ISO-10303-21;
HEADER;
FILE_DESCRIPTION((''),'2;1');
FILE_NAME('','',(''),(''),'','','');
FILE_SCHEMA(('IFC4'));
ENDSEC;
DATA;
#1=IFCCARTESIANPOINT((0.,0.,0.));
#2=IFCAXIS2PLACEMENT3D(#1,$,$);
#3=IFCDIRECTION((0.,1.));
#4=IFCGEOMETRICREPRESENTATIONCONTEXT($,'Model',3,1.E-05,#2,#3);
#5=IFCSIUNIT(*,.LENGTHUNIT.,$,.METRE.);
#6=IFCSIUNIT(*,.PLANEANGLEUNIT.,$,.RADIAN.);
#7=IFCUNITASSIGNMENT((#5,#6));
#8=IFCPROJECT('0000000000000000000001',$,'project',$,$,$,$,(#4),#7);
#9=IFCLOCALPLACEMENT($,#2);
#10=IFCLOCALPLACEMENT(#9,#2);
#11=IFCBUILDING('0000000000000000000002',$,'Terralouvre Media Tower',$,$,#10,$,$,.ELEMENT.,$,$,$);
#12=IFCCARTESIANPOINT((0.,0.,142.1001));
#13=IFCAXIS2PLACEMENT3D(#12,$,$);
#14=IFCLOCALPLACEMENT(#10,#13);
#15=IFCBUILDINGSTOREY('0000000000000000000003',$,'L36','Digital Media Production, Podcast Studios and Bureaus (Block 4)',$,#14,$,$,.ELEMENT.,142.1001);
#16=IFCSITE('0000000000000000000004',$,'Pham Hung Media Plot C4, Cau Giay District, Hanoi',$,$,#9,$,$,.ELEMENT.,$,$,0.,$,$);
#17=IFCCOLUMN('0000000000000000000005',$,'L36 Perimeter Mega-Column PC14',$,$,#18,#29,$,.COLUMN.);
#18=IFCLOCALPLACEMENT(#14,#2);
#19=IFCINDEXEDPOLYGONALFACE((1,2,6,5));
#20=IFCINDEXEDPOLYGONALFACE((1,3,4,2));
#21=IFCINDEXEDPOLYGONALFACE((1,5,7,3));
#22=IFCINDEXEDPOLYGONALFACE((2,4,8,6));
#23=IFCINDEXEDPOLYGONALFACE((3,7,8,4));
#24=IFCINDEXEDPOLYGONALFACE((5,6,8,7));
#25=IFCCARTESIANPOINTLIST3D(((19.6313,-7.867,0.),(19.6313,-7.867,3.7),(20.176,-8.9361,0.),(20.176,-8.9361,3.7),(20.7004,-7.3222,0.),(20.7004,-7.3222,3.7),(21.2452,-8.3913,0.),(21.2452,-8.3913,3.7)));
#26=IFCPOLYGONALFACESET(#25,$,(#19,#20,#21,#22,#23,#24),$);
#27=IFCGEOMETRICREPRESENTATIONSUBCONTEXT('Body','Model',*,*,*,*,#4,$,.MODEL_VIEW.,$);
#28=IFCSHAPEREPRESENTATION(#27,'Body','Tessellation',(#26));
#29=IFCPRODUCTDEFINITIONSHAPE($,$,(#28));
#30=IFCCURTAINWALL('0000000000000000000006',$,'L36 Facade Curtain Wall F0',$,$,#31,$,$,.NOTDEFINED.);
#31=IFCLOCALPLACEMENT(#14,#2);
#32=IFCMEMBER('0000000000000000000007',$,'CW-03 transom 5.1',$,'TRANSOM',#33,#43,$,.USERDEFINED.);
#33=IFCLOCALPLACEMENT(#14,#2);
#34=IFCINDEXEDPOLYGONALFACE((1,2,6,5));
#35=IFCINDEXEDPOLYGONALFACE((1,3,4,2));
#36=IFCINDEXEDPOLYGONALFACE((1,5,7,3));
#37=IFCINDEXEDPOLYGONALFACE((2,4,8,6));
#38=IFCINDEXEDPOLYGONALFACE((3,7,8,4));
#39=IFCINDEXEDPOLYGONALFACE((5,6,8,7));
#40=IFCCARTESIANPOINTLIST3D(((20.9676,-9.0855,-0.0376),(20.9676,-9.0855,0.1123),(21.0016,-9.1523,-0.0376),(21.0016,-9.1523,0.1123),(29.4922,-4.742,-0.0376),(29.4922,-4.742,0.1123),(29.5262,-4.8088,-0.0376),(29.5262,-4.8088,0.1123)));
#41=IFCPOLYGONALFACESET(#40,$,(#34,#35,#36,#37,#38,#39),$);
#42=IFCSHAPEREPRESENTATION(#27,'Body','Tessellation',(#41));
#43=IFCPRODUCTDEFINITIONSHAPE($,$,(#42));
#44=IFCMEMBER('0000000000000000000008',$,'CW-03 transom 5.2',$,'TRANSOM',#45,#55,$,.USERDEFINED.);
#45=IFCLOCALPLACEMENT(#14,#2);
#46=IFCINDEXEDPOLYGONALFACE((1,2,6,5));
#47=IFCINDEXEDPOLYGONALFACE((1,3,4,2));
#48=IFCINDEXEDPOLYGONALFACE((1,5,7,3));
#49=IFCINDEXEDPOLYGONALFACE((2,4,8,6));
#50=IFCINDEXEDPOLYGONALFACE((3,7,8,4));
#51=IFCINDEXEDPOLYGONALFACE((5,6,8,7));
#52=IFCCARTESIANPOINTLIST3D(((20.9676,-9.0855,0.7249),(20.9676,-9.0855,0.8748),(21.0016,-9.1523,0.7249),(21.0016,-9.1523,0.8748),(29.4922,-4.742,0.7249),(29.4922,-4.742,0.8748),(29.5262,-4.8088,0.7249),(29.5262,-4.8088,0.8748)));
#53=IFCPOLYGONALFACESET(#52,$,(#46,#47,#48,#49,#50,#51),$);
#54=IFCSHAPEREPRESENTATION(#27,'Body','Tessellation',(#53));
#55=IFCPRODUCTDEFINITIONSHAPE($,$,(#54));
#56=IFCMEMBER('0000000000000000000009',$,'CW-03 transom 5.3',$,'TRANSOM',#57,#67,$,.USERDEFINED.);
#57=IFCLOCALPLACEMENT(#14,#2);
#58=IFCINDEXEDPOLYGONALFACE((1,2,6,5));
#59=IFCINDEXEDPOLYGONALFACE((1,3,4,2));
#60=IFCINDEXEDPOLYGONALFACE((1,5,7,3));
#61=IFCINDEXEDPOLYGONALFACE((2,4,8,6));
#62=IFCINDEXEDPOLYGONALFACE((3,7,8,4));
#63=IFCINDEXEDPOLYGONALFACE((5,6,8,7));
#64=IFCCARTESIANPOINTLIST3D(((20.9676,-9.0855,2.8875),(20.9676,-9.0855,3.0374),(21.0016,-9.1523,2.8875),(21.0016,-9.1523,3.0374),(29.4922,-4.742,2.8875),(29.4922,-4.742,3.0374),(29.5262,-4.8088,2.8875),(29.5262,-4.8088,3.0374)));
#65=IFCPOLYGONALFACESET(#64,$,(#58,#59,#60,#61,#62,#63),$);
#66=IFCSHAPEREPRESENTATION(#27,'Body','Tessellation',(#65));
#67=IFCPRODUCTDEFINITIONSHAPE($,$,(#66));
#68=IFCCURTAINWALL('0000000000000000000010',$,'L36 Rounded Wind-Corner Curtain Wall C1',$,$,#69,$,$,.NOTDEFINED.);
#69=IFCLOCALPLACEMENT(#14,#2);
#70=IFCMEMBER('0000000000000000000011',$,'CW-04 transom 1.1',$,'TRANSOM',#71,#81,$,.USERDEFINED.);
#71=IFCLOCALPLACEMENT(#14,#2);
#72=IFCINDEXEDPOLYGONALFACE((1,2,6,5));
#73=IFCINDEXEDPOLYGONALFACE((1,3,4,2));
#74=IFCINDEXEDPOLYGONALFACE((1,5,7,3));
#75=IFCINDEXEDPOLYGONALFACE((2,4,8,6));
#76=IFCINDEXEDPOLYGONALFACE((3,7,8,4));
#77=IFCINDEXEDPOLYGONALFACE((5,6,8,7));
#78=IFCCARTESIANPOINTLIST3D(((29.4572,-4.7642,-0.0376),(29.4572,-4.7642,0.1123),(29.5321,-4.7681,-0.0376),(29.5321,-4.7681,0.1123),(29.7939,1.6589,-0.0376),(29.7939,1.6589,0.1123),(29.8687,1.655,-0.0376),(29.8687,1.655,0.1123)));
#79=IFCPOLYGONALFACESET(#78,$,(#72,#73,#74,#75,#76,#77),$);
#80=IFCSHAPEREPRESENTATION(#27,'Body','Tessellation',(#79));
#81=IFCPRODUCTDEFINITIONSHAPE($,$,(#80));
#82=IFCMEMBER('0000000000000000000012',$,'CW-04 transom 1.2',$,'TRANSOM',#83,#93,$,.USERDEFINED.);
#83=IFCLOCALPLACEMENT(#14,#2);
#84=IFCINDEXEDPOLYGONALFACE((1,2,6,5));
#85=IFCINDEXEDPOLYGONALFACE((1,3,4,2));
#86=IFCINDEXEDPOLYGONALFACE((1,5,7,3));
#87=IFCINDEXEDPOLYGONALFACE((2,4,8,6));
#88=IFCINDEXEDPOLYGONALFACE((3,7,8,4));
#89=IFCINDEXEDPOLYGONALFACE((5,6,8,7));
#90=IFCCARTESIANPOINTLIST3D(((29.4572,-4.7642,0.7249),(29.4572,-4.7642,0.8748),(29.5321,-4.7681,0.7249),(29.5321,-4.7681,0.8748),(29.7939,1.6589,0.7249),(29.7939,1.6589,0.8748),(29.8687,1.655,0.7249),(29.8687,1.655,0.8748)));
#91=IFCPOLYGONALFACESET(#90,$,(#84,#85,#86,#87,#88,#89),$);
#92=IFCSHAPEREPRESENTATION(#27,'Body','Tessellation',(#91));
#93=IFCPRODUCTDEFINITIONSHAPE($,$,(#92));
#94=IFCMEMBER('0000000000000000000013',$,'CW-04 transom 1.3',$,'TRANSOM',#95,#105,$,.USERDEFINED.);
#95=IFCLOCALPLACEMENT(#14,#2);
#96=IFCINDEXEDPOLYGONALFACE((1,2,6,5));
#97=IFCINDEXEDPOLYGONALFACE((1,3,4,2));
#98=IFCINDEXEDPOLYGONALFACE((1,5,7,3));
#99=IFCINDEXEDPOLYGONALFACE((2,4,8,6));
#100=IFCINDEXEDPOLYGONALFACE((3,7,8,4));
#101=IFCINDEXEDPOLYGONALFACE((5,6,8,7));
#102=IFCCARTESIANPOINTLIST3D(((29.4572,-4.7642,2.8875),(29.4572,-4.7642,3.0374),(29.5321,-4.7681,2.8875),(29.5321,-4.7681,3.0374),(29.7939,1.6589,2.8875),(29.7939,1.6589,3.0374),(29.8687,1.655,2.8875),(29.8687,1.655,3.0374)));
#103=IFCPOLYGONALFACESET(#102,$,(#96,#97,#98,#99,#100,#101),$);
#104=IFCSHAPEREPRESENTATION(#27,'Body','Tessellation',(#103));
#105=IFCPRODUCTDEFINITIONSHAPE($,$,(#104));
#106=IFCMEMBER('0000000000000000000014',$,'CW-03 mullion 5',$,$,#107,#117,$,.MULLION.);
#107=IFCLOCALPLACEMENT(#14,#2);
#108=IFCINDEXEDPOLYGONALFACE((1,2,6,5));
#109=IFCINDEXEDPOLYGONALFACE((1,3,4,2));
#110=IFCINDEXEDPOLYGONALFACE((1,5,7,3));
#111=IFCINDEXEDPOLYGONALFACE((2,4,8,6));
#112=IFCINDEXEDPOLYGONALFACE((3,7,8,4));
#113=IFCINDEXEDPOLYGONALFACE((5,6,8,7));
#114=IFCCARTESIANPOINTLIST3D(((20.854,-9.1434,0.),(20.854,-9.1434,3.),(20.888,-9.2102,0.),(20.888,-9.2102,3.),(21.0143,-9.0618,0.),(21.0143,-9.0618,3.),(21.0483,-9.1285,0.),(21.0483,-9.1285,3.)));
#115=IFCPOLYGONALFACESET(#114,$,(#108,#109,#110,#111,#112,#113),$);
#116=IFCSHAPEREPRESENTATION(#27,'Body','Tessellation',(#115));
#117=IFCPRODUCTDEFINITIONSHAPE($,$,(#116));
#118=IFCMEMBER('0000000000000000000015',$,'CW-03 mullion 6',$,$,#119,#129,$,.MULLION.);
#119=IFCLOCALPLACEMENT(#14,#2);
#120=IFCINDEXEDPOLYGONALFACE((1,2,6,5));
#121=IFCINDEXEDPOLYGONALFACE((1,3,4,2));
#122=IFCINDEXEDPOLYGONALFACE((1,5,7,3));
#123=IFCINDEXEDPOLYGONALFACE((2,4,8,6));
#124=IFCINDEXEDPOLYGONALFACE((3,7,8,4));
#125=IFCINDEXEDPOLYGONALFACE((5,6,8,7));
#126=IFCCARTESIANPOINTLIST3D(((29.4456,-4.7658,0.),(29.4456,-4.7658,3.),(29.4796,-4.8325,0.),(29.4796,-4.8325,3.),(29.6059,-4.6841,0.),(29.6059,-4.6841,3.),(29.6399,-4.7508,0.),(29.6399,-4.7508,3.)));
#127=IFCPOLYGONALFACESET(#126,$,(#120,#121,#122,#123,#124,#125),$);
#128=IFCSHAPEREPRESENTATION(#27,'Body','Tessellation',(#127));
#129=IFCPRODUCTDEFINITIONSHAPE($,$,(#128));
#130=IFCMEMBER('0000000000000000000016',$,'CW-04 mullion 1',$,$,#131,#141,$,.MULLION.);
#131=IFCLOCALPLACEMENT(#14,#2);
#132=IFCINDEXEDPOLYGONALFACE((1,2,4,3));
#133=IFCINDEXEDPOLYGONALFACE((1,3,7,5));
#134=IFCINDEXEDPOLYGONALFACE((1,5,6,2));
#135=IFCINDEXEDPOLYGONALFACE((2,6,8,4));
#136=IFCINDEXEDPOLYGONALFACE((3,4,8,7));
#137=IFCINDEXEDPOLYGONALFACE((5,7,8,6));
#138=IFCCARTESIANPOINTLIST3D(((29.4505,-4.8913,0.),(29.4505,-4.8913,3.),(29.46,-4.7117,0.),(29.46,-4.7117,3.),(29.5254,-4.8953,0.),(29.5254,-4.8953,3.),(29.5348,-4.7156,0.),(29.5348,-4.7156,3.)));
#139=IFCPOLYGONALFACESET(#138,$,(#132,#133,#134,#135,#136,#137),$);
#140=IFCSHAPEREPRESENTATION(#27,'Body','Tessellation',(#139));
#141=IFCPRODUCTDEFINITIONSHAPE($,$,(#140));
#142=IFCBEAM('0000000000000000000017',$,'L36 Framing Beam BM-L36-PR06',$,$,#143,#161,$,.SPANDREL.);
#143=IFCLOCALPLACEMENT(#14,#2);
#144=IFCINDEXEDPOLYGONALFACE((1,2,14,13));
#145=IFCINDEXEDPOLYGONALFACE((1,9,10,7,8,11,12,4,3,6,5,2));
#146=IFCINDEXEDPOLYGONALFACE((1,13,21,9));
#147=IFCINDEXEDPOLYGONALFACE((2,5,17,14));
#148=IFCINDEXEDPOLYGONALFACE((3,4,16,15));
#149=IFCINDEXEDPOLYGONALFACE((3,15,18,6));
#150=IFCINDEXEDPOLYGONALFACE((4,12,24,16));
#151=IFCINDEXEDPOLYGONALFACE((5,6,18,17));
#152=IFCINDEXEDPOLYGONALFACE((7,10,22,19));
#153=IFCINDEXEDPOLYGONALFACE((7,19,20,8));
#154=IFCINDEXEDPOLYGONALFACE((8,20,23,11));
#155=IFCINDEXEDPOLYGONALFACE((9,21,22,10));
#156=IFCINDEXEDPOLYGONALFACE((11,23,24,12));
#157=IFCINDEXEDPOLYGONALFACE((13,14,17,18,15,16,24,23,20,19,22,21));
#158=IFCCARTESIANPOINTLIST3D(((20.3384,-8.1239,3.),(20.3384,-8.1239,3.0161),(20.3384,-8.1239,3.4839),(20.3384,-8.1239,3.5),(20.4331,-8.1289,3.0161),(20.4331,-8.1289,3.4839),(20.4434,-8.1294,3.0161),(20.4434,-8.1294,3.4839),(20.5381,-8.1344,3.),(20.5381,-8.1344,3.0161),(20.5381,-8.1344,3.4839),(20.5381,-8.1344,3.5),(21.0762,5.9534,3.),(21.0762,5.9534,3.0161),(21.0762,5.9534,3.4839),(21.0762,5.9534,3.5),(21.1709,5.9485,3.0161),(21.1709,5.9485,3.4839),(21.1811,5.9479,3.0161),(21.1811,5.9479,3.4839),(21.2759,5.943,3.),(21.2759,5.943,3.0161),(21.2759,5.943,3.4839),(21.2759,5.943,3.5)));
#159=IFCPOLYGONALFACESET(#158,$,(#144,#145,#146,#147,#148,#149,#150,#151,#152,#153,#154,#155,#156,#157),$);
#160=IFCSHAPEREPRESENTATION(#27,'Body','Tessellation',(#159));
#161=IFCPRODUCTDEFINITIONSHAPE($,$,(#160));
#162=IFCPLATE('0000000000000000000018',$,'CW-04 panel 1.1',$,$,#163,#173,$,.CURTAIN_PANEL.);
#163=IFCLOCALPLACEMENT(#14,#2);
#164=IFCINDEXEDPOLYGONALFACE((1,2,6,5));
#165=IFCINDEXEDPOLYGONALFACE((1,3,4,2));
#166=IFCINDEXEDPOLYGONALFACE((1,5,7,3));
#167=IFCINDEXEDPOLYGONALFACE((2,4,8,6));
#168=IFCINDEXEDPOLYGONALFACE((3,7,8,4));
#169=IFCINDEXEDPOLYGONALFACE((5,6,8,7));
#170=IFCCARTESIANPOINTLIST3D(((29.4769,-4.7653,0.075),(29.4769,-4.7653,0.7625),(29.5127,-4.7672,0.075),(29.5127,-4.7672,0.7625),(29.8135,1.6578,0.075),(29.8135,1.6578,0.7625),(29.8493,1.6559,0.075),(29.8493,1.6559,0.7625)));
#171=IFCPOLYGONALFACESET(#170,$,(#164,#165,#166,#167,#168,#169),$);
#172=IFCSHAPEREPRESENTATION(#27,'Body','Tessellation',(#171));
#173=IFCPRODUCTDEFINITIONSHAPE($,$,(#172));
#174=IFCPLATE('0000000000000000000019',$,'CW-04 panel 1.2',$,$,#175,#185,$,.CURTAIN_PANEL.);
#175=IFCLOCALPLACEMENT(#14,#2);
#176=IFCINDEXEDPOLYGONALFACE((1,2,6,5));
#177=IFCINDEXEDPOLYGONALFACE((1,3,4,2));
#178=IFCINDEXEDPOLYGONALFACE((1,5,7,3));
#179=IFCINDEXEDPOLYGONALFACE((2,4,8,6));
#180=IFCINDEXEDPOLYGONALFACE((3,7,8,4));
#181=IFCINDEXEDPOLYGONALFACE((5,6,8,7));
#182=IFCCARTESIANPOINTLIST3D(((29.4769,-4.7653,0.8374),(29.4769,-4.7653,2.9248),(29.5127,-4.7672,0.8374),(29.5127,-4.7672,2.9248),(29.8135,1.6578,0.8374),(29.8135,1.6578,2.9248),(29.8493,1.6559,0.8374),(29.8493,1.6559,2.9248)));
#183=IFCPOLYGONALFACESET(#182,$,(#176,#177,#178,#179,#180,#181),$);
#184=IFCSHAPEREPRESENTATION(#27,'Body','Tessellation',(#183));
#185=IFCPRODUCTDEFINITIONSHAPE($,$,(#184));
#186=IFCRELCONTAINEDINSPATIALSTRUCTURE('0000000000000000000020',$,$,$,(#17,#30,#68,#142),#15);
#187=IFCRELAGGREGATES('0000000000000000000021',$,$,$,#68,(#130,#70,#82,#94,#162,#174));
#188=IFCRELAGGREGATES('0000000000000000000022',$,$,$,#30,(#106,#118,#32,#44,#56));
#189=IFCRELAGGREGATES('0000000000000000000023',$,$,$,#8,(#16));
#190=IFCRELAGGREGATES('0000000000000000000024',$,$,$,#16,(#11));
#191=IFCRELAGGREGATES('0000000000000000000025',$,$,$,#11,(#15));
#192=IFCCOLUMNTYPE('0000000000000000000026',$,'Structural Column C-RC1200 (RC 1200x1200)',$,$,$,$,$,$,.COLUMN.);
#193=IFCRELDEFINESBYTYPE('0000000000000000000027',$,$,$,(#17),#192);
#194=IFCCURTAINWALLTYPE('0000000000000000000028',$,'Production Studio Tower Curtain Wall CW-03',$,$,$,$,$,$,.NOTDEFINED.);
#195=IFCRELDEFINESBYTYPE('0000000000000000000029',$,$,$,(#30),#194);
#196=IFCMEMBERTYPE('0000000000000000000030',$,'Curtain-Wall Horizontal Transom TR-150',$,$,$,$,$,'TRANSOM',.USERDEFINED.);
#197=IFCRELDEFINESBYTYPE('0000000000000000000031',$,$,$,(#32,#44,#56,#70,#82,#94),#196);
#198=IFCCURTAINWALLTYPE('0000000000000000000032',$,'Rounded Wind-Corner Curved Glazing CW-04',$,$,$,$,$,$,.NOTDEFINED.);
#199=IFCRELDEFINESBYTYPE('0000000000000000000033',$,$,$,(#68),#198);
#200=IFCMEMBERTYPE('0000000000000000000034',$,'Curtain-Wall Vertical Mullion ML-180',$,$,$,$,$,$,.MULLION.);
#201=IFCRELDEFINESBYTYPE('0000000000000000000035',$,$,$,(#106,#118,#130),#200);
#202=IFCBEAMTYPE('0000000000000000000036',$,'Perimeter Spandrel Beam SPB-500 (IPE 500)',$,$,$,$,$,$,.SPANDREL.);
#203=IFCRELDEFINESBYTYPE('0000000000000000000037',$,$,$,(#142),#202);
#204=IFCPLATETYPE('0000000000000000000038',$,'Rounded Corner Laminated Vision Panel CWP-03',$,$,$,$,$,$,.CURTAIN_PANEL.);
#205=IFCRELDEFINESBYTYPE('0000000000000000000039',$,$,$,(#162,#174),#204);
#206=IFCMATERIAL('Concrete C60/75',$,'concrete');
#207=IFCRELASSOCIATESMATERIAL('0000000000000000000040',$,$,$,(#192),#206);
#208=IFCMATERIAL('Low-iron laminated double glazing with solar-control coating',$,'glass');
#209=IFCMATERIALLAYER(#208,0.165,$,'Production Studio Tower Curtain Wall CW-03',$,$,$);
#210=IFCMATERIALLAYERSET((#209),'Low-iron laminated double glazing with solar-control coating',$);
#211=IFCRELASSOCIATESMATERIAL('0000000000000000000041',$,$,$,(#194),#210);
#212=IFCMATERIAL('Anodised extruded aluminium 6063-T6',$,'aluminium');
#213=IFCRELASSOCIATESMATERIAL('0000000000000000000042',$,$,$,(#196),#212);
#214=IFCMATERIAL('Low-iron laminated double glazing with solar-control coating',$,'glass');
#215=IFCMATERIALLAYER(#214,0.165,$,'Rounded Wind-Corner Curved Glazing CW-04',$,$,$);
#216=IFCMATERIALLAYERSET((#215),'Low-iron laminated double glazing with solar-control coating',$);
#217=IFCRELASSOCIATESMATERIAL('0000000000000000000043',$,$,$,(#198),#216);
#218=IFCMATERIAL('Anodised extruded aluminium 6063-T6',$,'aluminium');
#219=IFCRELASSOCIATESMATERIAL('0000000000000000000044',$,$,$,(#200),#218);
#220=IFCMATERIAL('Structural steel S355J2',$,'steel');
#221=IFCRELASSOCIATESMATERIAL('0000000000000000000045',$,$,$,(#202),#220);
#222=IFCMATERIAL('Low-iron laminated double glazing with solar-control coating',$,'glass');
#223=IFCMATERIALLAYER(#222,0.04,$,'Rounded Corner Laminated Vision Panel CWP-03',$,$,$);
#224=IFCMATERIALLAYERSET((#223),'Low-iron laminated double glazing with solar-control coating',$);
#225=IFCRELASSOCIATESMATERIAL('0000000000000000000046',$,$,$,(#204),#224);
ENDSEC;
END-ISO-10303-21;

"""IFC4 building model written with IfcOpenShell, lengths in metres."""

from ifc_helpers import new_model, si_unit, direction, frame, origin, origin_2d, place, context, subcontext, project, spatial, rectangle, i_section, extrude, material, layer, layer_set, material_profile, profile_set, type_object, element, aggregate, save


model = new_model("IFC4")

# Units and contexts
model_context = context("Model", 3, precision=1e-05, world=origin(), true_north=direction((0.0, 1.0)))
body_context = subcontext(model_context, "Body", "Model", "MODEL_VIEW")
ifc_project = project(units=[si_unit("LENGTHUNIT", "METRE"), si_unit("PLANEANGLEUNIT", "RADIAN")], contexts=[model_context])

# Site, building, storey
site_placement = place(None, origin())
site = spatial("IfcSite", under=ifc_project, at=site_placement, Name="Pham Hung Media Plot C4, Cau Giay District, Hanoi", CompositionType="ELEMENT", RefElevation=0.0)
building_placement = place(site_placement, origin())
building = spatial("IfcBuilding", under=site, at=building_placement, Name="Terralouvre Media Tower", CompositionType="ELEMENT")
storey_placement = place(building_placement, frame((0.0, 0.0, 142.1001)))
storey = spatial("IfcBuildingStorey", under=building, at=storey_placement, Name="L36", Description="Digital Media Production, Podcast Studios and Bureaus (Block 4)", CompositionType="ELEMENT", Elevation=142.1001)

# Column
ifc_material_1 = material(Name="Concrete C60/75", Category="concrete")
ifc_material_profile_1 = material_profile(ifc_material_1, rectangle(XDim=1.2, YDim=1.2, at=origin_2d()), Name="RC 1200x1200")
ifc_profile_set_1 = profile_set([ifc_material_profile_1], Name="Concrete C60/75")
column_type = type_object("IfcColumnType", Name="Structural Column C-RC1200 (RC 1200x1200)", PredefinedType="COLUMN", material=ifc_profile_set_1)
column_placement = place(storey_placement, frame((20.4382, -8.1292, 0.0), z_axis=(0.0, 0.0, 1.0), x_axis=(0.891007, 0.45399, 0.0)))
element("IfcColumn", 1, at=column_placement, inside=storey, type_object=column_type, Name="L36 Perimeter Mega-Column PC14", PredefinedType="COLUMN", context=body_context, shape_type="SweptSolid", body=[
    extrude(rectangle(XDim=1.2, YDim=1.2, at=origin_2d()), origin(), (0.0, 0.0, 1.0), 3.7),
])

# Curtain walls, members
ifc_material_2 = material(Name="Low-iron laminated double glazing with solar-control coating", Category="glass")
ifc_layer_1 = layer(ifc_material_2, 0.165, Name="Production Studio Tower Curtain Wall CW-03")
ifc_layer_set_1 = layer_set([ifc_layer_1], Name="Low-iron laminated double glazing with solar-control coating")
curtain_wall_type_1 = type_object("IfcCurtainWallType", Name="Production Studio Tower Curtain Wall CW-03", PredefinedType="NOTDEFINED", material=ifc_layer_set_1)
curtain_wall_1_placement = place(storey_placement, origin())
curtain_wall_1 = element("IfcCurtainWall", 2, at=curtain_wall_1_placement, inside=storey, type_object=curtain_wall_type_1, Name="L36 Facade Curtain Wall F0", PredefinedType="NOTDEFINED")
ifc_material_3 = material(Name="Anodised extruded aluminium 6063-T6", Category="aluminium")
ifc_material_profile_2 = material_profile(ifc_material_3, rectangle(XDim=0.075, YDim=0.1499, at=origin_2d()), Name="ALU 75x150")
ifc_profile_set_2 = profile_set([ifc_material_profile_2], Name="Anodised extruded aluminium 6063-T6")
member_type_1 = type_object("IfcMemberType", Name="Curtain-Wall Horizontal Transom TR-150", ElementType="TRANSOM", PredefinedType="USERDEFINED", material=ifc_profile_set_2)
member_1_placement = place(storey_placement, frame((20.9846, -9.1189, 0.0374), z_axis=(0.891008, 0.453988, 0.0), x_axis=(-0.453988, 0.891008, 0.0)))
member_1 = element("IfcMember", 3, at=member_1_placement, type_object=member_type_1, Name="CW-03 transom 5.1", ObjectType="TRANSOM", PredefinedType="USERDEFINED", context=body_context, shape_type="SweptSolid", body=[
    extrude(rectangle(XDim=0.075, YDim=0.1499, at=origin_2d()), origin(), (0.0, 0.0, 1.0), 9.5674),
])
member_2_placement = place(storey_placement, frame((20.9846, -9.1189, 0.7998), z_axis=(0.891008, 0.453988, 0.0), x_axis=(-0.453988, 0.891008, 0.0)))
member_2 = element("IfcMember", 4, at=member_2_placement, type_object=member_type_1, Name="CW-03 transom 5.2", ObjectType="TRANSOM", PredefinedType="USERDEFINED", context=body_context, shape_type="SweptSolid", body=[
    extrude(rectangle(XDim=0.075, YDim=0.1499, at=origin_2d()), origin(), (0.0, 0.0, 1.0), 9.5674),
])
member_3_placement = place(storey_placement, frame((20.9846, -9.1189, 2.9624), z_axis=(0.891008, 0.453988, 0.0), x_axis=(-0.453988, 0.891008, 0.0)))
member_3 = element("IfcMember", 5, at=member_3_placement, type_object=member_type_1, Name="CW-03 transom 5.3", ObjectType="TRANSOM", PredefinedType="USERDEFINED", context=body_context, shape_type="SweptSolid", body=[
    extrude(rectangle(XDim=0.075, YDim=0.1499, at=origin_2d()), origin(), (0.0, 0.0, 1.0), 9.5674),
])
ifc_material_4 = material(Name="Low-iron laminated double glazing with solar-control coating", Category="glass")
ifc_layer_2 = layer(ifc_material_4, 0.165, Name="Rounded Wind-Corner Curved Glazing CW-04")
ifc_layer_set_2 = layer_set([ifc_layer_2], Name="Low-iron laminated double glazing with solar-control coating")
curtain_wall_type_2 = type_object("IfcCurtainWallType", Name="Rounded Wind-Corner Curved Glazing CW-04", PredefinedType="NOTDEFINED", material=ifc_layer_set_2)
curtain_wall_2_placement = place(storey_placement, origin())
curtain_wall_2 = element("IfcCurtainWall", 6, at=curtain_wall_2_placement, inside=storey, type_object=curtain_wall_type_2, Name="L36 Rounded Wind-Corner Curtain Wall C1", PredefinedType="NOTDEFINED")
member_4_placement = place(storey_placement, frame((29.4946, -4.7661, 0.0374), z_axis=(0.052344, 0.998629, 0.0), x_axis=(-0.998629, 0.052344, 0.0)))
member_4 = element("IfcMember", 7, at=member_4_placement, type_object=member_type_1, Name="CW-04 transom 1.1", ObjectType="TRANSOM", PredefinedType="USERDEFINED", context=body_context, shape_type="SweptSolid", body=[
    extrude(rectangle(XDim=0.075, YDim=0.1499, at=origin_2d()), origin(), (0.0, 0.0, 1.0), 6.4319),
])
member_5_placement = place(storey_placement, frame((29.4946, -4.7661, 0.7998), z_axis=(0.052344, 0.998629, 0.0), x_axis=(-0.998629, 0.052344, 0.0)))
member_5 = element("IfcMember", 8, at=member_5_placement, type_object=member_type_1, Name="CW-04 transom 1.2", ObjectType="TRANSOM", PredefinedType="USERDEFINED", context=body_context, shape_type="SweptSolid", body=[
    extrude(rectangle(XDim=0.075, YDim=0.1499, at=origin_2d()), origin(), (0.0, 0.0, 1.0), 6.4319),
])
member_6_placement = place(storey_placement, frame((29.4946, -4.7661, 2.9624), z_axis=(0.052344, 0.998629, 0.0), x_axis=(-0.998629, 0.052344, 0.0)))
member_6 = element("IfcMember", 9, at=member_6_placement, type_object=member_type_1, Name="CW-04 transom 1.3", ObjectType="TRANSOM", PredefinedType="USERDEFINED", context=body_context, shape_type="SweptSolid", body=[
    extrude(rectangle(XDim=0.075, YDim=0.1499, at=origin_2d()), origin(), (0.0, 0.0, 1.0), 6.4319),
])

# Members
ifc_material_5 = material(Name="Anodised extruded aluminium 6063-T6", Category="aluminium")
ifc_material_profile_3 = material_profile(ifc_material_5, rectangle(XDim=0.075, YDim=0.1799, at=origin_2d()), Name="ALU 75x180")
ifc_profile_set_3 = profile_set([ifc_material_profile_3], Name="Anodised extruded aluminium 6063-T6")
member_type_2 = type_object("IfcMemberType", Name="Curtain-Wall Vertical Mullion ML-180", PredefinedType="MULLION", material=ifc_profile_set_3)
member_7_placement = place(storey_placement, frame((20.9512, -9.136, 0.0), z_axis=(0.0, 0.0, 1.0), x_axis=(-0.453991, 0.891007, 0.0)))
member_7 = element("IfcMember", 10, at=member_7_placement, type_object=member_type_2, Name="CW-03 mullion 5", PredefinedType="MULLION", context=body_context, shape_type="SweptSolid", body=[
    extrude(rectangle(XDim=0.075, YDim=0.1799, at=origin_2d()), origin(), (0.0, 0.0, 1.0), 3.0),
])
member_8_placement = place(storey_placement, frame((29.5427, -4.7583, 0.0), z_axis=(0.0, 0.0, 1.0), x_axis=(-0.453991, 0.891007, 0.0)))
member_8 = element("IfcMember", 11, at=member_8_placement, type_object=member_type_2, Name="CW-03 mullion 6", PredefinedType="MULLION", context=body_context, shape_type="SweptSolid", body=[
    extrude(rectangle(XDim=0.075, YDim=0.1799, at=origin_2d()), origin(), (0.0, 0.0, 1.0), 3.0),
])
member_9_placement = place(storey_placement, frame((29.4927, -4.8035, 0.0), z_axis=(0.0, 0.0, 1.0), x_axis=(-0.998629, 0.052337, 0.0)))
member_9 = element("IfcMember", 12, at=member_9_placement, type_object=member_type_2, Name="CW-04 mullion 1", PredefinedType="MULLION", context=body_context, shape_type="SweptSolid", body=[
    extrude(rectangle(XDim=0.075, YDim=0.1799, at=origin_2d()), origin(), (0.0, 0.0, 1.0), 3.0),
])

# Beam
ifc_material_6 = material(Name="Structural steel S355J2", Category="steel")
ifc_material_profile_4 = material_profile(ifc_material_6, i_section(OverallWidth=0.2, OverallDepth=0.5, WebThickness=0.0103, FlangeThickness=0.0161, at=origin_2d()), Name="IPE 500")
ifc_profile_set_4 = profile_set([ifc_material_profile_4], Name="Structural steel S355J2")
beam_type = type_object("IfcBeamType", Name="Perimeter Spandrel Beam SPB-500 (IPE 500)", PredefinedType="SPANDREL", material=ifc_profile_set_4)
beam_placement = place(storey_placement, frame((20.4382, -8.1292, 3.25), z_axis=(0.052338, 0.998629, 0.0), x_axis=(-0.998629, 0.052338, 0.0)))
element("IfcBeam", 13, at=beam_placement, inside=storey, type_object=beam_type, Name="L36 Framing Beam BM-L36-PR06", PredefinedType="SPANDREL", context=body_context, shape_type="SweptSolid", body=[
    extrude(i_section(OverallWidth=0.2, OverallDepth=0.5, WebThickness=0.0103, FlangeThickness=0.0161, at=origin_2d()), origin(), (0.0, 0.0, 1.0), 14.0967),
])

# Plates
ifc_material_7 = material(Name="Low-iron laminated double glazing with solar-control coating", Category="glass")
ifc_layer_3 = layer(ifc_material_7, 0.04, Name="Rounded Corner Laminated Vision Panel CWP-03")
ifc_layer_set_3 = layer_set([ifc_layer_3], Name="Low-iron laminated double glazing with solar-control coating")
plate_type_1 = type_object("IfcPlateType", Name="Rounded Corner Laminated Vision Panel CWP-03", PredefinedType="CURTAIN_PANEL", material=ifc_layer_set_3)
plate_1_placement = place(storey_placement, frame((29.6631, -1.5547, 0.075), z_axis=(0.0, 0.0, 1.0), x_axis=(0.052337, 0.998629, 0.0)))
plate_1 = element("IfcPlate", 14, at=plate_1_placement, type_object=plate_type_1, Name="CW-04 panel 1.1", PredefinedType="CURTAIN_PANEL", context=body_context, shape_type="SweptSolid", body=[
    extrude(rectangle(XDim=6.4319, YDim=0.0359, at=origin_2d()), origin(), (0.0, 0.0, 1.0), 0.6875),
])
plate_2_placement = place(storey_placement, frame((29.6631, -1.5547, 0.8374), z_axis=(0.0, 0.0, 1.0), x_axis=(0.052337, 0.998629, 0.0)))
plate_2 = element("IfcPlate", 15, at=plate_2_placement, type_object=plate_type_1, Name="CW-04 panel 1.2", PredefinedType="CURTAIN_PANEL", context=body_context, shape_type="SweptSolid", body=[
    extrude(rectangle(XDim=6.4319, YDim=0.0359, at=origin_2d()), origin(), (0.0, 0.0, 1.0), 2.0874),
])
aggregate(curtain_wall_2, [member_9, member_4, member_5, member_6, plate_1, plate_2])
aggregate(curtain_wall_1, [member_7, member_8, member_1, member_2, member_3])

save(model, "model.ifc")
